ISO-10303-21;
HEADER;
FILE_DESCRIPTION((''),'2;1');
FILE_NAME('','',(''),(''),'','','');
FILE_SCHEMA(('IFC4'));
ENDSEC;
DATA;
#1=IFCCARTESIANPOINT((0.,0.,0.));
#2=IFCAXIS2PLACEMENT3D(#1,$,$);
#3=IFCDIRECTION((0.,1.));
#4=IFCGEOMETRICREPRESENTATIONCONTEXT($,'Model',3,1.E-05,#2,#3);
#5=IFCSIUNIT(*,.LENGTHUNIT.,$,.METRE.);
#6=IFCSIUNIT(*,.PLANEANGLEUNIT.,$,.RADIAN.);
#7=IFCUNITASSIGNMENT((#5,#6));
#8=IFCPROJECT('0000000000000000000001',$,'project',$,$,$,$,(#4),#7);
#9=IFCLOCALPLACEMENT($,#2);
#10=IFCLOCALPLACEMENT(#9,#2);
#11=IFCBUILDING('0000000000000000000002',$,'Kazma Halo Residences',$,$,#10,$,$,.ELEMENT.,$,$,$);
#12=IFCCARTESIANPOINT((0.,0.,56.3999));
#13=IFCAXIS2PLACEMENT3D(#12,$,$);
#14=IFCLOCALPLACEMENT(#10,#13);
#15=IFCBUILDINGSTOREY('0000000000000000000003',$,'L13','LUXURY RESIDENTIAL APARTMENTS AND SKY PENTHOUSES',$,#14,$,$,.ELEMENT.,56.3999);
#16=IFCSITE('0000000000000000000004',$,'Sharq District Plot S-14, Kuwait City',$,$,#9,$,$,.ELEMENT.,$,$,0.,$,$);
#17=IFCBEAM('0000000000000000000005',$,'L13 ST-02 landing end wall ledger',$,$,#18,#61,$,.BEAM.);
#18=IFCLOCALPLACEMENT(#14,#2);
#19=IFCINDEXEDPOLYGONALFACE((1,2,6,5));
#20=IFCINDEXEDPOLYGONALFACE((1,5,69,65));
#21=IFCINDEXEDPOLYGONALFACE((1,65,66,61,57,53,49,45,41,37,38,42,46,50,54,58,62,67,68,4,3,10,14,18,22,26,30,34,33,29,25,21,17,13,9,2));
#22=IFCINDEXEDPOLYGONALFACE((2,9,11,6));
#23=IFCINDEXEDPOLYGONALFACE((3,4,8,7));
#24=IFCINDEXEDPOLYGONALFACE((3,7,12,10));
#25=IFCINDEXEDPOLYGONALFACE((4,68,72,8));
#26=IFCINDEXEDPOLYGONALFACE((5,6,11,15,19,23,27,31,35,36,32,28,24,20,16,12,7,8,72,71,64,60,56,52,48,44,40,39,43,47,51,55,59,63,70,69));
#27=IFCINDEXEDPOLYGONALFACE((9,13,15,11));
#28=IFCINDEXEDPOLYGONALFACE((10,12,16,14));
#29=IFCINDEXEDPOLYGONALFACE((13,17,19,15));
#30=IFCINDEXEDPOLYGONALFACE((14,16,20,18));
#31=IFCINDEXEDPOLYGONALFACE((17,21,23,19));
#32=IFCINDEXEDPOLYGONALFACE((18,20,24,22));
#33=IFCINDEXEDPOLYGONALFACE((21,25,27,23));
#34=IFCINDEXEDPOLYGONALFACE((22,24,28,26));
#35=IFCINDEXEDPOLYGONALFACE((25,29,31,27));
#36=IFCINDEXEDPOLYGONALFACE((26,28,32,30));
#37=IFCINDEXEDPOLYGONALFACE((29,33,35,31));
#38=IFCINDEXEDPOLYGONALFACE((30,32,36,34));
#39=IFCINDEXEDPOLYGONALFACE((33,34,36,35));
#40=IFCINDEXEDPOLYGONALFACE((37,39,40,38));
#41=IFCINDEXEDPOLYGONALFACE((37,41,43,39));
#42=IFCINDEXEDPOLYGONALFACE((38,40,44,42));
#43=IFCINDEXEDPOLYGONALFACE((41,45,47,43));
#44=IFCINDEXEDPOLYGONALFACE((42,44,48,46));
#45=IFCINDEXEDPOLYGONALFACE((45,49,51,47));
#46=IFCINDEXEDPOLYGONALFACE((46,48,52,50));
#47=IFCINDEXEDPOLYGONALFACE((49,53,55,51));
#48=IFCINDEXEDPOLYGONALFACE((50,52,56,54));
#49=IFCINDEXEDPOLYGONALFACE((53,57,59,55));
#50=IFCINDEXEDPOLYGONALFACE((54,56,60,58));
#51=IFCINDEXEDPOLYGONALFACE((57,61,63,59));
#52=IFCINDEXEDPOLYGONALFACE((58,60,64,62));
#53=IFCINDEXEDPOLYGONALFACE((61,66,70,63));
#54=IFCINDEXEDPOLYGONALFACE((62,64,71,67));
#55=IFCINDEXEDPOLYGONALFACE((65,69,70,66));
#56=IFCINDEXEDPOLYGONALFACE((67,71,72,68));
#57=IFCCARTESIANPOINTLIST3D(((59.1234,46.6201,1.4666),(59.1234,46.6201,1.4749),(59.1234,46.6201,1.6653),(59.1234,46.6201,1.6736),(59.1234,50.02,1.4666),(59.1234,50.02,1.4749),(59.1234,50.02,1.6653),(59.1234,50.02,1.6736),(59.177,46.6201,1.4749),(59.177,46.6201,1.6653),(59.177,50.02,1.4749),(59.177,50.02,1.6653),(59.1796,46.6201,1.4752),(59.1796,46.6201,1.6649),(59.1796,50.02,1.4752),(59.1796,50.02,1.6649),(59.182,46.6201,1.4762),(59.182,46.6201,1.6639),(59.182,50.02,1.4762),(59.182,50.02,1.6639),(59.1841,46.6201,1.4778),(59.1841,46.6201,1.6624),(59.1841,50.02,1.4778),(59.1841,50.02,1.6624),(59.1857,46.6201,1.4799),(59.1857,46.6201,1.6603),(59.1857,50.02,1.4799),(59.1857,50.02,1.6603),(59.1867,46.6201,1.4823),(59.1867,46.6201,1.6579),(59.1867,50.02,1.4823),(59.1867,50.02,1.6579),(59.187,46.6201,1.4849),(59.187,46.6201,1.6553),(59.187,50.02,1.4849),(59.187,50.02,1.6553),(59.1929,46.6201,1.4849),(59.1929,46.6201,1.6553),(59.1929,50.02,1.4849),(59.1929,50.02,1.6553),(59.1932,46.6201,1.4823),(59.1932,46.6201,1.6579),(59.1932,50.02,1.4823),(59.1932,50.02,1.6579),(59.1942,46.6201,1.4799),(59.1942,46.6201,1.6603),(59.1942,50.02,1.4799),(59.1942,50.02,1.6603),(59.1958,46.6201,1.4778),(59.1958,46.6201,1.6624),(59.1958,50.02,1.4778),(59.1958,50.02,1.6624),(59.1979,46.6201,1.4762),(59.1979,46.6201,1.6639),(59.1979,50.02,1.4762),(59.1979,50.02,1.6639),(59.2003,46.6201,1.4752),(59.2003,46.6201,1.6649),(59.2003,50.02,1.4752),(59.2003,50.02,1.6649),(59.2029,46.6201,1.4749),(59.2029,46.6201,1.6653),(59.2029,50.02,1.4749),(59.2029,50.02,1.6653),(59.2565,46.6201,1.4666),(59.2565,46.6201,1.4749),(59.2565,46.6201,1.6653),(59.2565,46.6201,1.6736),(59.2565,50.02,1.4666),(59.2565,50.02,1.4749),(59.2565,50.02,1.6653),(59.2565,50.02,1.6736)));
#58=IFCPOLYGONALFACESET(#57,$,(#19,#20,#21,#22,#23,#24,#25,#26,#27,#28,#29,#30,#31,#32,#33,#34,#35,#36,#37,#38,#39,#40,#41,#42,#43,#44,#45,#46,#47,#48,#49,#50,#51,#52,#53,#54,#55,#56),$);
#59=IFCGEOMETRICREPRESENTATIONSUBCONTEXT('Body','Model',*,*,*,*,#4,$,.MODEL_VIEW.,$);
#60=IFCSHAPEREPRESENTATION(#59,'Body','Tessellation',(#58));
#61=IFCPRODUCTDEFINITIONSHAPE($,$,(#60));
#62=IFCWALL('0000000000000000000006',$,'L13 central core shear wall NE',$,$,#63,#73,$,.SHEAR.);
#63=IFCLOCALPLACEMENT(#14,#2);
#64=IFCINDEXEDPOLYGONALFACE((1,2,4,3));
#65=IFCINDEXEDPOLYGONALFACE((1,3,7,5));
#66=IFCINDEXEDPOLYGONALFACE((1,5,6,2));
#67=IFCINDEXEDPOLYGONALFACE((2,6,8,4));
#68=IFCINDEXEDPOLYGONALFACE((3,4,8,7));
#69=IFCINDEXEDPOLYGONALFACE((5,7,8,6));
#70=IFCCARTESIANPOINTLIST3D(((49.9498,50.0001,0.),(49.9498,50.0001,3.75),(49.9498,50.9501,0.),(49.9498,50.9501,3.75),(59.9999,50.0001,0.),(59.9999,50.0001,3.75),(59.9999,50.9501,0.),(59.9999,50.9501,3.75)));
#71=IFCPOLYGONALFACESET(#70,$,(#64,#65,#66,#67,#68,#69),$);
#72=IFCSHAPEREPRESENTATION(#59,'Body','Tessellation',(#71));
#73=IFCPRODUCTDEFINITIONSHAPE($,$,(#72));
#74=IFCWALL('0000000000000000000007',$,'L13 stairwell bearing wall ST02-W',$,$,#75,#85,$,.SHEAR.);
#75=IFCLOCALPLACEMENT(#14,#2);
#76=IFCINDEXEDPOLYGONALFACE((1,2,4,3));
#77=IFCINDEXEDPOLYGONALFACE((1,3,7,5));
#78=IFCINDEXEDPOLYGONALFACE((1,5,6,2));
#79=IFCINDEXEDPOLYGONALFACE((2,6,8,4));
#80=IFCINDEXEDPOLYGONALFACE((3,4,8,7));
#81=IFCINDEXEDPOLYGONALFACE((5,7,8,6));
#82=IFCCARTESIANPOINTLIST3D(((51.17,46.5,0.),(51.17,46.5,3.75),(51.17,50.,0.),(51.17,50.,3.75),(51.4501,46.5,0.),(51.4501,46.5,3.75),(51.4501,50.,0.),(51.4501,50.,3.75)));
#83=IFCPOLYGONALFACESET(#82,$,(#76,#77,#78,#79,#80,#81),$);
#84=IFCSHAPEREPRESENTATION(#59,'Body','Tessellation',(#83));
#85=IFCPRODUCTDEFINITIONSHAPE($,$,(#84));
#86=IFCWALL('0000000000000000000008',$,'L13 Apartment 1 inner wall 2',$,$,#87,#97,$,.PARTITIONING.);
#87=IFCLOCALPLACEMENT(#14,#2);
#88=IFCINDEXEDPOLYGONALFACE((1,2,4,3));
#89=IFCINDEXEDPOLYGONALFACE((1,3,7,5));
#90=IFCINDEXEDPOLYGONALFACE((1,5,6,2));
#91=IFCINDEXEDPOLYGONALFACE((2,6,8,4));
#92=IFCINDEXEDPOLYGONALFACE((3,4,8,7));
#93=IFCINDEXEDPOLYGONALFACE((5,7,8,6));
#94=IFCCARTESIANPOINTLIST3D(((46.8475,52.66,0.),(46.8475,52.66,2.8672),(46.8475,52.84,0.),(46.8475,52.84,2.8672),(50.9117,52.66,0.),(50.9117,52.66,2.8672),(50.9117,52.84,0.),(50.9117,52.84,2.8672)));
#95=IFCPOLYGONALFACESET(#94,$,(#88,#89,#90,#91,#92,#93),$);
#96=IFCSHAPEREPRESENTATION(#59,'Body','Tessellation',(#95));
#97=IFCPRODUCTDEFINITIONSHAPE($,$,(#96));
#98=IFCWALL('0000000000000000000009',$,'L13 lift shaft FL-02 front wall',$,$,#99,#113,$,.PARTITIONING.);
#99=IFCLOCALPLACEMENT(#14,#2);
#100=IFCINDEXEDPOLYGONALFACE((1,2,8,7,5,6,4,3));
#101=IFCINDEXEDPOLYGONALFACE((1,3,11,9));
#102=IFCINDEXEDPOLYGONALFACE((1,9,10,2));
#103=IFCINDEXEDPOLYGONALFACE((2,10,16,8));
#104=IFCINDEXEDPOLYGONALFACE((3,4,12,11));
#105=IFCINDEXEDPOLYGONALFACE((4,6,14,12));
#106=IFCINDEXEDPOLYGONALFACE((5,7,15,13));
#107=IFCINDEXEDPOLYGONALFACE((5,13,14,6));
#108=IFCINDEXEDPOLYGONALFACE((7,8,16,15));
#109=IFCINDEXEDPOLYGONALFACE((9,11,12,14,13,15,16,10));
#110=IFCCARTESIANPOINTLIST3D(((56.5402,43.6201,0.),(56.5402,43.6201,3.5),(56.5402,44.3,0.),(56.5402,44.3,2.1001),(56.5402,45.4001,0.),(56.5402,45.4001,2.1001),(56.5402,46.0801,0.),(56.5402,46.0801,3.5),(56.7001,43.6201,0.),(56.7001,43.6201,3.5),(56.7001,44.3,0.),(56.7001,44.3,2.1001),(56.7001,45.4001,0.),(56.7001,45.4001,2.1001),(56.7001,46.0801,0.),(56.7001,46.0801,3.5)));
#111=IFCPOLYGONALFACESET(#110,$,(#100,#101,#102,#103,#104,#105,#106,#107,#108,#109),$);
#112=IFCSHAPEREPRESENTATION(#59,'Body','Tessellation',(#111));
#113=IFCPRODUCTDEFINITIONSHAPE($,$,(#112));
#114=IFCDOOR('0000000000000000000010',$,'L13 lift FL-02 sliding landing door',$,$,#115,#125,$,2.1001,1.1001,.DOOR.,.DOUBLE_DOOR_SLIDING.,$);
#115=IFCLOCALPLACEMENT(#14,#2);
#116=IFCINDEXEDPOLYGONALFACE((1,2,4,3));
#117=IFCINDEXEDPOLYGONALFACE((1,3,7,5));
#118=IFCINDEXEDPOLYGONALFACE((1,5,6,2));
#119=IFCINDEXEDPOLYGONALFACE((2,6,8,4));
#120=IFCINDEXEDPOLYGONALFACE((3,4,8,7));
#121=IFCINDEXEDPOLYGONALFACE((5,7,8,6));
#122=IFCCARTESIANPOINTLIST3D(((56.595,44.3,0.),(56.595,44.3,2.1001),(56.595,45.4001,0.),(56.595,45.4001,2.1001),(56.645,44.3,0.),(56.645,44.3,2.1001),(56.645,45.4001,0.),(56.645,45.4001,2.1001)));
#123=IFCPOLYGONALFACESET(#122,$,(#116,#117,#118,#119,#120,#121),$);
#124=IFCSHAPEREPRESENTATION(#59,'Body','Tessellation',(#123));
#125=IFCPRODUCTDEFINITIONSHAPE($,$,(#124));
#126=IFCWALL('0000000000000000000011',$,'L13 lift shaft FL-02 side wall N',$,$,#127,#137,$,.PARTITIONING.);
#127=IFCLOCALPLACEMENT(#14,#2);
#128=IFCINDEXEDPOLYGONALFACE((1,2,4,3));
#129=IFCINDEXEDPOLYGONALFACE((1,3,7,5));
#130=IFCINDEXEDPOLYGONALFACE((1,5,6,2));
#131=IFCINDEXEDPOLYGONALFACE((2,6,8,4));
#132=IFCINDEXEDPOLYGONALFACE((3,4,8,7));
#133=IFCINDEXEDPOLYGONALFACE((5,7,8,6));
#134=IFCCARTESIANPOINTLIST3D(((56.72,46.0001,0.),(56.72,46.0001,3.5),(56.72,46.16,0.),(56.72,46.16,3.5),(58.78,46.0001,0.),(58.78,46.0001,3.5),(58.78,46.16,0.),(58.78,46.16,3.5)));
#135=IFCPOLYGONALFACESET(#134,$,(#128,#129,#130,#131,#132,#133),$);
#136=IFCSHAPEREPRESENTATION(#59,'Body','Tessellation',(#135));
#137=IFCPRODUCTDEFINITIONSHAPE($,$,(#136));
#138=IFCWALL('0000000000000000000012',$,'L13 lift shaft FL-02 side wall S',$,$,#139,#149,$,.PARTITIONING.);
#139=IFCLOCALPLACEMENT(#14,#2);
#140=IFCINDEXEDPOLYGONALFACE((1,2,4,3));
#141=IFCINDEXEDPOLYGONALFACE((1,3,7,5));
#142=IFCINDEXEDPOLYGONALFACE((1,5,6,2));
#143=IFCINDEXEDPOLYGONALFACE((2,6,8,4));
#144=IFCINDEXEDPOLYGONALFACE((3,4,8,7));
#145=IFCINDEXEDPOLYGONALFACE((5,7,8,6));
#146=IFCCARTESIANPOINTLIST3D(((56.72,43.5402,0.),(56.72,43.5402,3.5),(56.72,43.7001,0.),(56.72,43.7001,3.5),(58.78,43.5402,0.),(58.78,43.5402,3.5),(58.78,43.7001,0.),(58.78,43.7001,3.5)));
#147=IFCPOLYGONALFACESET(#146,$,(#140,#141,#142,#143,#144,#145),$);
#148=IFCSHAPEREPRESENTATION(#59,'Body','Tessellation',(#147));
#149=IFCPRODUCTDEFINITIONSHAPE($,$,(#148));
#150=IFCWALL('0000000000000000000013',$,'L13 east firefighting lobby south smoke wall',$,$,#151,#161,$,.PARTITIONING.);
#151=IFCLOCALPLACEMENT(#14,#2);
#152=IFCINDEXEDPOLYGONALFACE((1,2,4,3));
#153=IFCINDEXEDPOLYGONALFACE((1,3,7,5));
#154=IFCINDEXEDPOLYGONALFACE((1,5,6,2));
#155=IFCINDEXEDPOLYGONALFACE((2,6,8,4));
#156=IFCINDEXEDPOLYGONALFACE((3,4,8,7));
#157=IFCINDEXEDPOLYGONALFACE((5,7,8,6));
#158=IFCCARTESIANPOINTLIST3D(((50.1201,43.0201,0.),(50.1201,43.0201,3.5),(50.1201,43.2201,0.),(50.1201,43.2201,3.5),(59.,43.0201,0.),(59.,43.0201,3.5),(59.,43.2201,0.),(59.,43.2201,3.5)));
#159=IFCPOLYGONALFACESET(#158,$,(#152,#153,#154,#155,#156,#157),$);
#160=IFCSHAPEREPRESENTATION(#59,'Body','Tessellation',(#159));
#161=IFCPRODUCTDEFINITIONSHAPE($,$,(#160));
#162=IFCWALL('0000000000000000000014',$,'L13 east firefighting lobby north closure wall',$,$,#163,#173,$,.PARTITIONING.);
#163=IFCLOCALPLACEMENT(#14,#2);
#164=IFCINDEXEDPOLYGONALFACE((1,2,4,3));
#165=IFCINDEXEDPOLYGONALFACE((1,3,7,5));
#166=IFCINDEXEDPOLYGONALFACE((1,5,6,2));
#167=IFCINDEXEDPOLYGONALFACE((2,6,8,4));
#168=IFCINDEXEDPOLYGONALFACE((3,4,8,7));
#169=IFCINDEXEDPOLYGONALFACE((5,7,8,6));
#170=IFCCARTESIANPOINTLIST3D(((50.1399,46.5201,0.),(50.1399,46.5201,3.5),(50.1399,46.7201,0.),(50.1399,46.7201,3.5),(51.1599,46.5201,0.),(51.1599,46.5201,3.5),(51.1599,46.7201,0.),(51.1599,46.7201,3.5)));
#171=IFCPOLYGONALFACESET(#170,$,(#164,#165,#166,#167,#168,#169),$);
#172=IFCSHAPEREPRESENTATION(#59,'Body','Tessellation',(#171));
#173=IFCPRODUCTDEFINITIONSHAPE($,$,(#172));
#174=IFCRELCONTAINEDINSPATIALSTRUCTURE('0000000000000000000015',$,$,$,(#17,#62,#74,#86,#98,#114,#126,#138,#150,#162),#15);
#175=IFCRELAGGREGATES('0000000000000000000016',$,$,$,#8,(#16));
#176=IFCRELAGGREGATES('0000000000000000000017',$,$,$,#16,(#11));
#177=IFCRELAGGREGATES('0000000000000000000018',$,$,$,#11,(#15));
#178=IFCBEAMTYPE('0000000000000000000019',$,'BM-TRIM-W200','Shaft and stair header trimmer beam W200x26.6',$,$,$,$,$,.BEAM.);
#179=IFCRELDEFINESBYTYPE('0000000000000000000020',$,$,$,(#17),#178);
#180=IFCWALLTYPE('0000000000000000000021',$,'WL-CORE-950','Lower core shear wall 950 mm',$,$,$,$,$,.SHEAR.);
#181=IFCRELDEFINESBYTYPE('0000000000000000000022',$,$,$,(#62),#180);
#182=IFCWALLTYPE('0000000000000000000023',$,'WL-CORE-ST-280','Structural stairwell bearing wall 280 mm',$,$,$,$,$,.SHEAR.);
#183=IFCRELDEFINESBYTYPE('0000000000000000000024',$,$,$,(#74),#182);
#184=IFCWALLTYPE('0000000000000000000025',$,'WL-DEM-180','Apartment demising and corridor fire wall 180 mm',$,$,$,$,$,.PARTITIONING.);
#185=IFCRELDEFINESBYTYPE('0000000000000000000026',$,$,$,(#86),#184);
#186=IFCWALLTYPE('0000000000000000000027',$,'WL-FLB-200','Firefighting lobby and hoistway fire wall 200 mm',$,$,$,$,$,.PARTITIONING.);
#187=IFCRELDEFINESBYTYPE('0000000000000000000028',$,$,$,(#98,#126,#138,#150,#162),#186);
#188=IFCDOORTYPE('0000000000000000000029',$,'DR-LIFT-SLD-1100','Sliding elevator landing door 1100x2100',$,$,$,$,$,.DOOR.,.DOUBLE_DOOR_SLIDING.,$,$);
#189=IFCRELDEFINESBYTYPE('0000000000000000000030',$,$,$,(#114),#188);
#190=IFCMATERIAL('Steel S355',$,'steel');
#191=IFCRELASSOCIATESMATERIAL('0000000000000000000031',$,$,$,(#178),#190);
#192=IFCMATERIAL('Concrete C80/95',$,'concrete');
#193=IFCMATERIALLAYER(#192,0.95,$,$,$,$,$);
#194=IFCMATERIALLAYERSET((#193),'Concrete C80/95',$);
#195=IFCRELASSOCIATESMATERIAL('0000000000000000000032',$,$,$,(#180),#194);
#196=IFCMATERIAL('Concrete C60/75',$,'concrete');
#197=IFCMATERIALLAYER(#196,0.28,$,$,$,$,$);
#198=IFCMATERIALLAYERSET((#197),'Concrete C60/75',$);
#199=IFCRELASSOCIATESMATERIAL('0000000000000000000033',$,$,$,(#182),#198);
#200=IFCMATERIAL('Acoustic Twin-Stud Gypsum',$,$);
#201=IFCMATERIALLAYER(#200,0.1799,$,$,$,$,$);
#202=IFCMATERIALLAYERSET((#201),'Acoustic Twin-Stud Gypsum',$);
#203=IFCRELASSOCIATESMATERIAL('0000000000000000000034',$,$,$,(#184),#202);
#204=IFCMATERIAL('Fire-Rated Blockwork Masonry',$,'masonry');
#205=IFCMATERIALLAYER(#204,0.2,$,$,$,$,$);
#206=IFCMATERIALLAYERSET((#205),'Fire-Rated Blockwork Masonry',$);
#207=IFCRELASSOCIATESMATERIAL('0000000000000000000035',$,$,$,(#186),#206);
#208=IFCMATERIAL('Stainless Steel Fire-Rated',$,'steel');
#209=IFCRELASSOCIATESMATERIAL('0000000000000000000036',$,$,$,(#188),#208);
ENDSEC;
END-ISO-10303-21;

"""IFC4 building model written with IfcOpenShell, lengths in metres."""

from ifc_helpers import new_model, si_unit, direction, frame, frame_2d, origin, origin_2d, place, context, subcontext, project, spatial, rectangle, i_section, extrude, material, layer, layer_set, material_profile, profile_set, type_object, element, fill, save


model = new_model("IFC4")

# Units and contexts
model_context = context("Model", 3, precision=1e-05, world=origin(), true_north=direction((0.0, 1.0)))
body_context = subcontext(model_context, "Body", "Model", "MODEL_VIEW")
ifc_project = project(units=[si_unit("LENGTHUNIT", "METRE"), si_unit("PLANEANGLEUNIT", "RADIAN")], contexts=[model_context])

# Site, building, storey
site_placement = place(None, origin())
site = spatial("IfcSite", under=ifc_project, at=site_placement, Name="Sharq District Plot S-14, Kuwait City", CompositionType="ELEMENT", RefElevation=0.0)
building_placement = place(site_placement, origin())
building = spatial("IfcBuilding", under=site, at=building_placement, Name="Kazma Halo Residences", CompositionType="ELEMENT")
storey_placement = place(building_placement, frame((0.0, 0.0, 56.3999)))
storey = spatial("IfcBuildingStorey", under=building, at=storey_placement, Name="L13", Description="LUXURY RESIDENTIAL APARTMENTS AND SKY PENTHOUSES", CompositionType="ELEMENT", Elevation=56.3999)

# Shared definitions
ifc_material_1 = material(Name="Steel S355", Category="steel")

# Beam
ifc_material_profile_1 = material_profile(ifc_material_1, i_section(OverallWidth=0.1331, OverallDepth=0.207, WebThickness=0.0059, FlangeThickness=0.0083, FilletRadius=0.01, at=origin_2d()), Name="W200x26.6")
ifc_profile_set_1 = profile_set([ifc_material_profile_1], Name="Steel S355")
beam_type_1 = type_object("IfcBeamType", Name="BM-TRIM-W200", Description="Shaft and stair header trimmer beam W200x26.6", PredefinedType="BEAM", material=ifc_profile_set_1)
beam_1_placement = place(storey_placement, frame((59.1899, 46.6201, 1.5701), z_axis=(0.0, 1.0, 0.0), x_axis=(-1.0, 0.0, 0.0)))
element("IfcBeam", 1, at=beam_1_placement, inside=storey, type_object=beam_type_1, Name="L13 ST-02 landing end wall ledger", PredefinedType="BEAM", context=body_context, shape_type="SweptSolid", body=[
    extrude(i_section(OverallWidth=0.1331, OverallDepth=0.207, WebThickness=0.0059, FlangeThickness=0.0083, FilletRadius=0.01, at=origin_2d()), origin(), (0.0, 0.0, 1.0), 3.3999),
])

# Walls
ifc_material_2 = material(Name="Concrete C80/95", Category="concrete")
ifc_layer_1 = layer(ifc_material_2, 0.95)
ifc_layer_set_1 = layer_set([ifc_layer_1], Name="Concrete C80/95")
wall_type_1 = type_object("IfcWallType", Name="WL-CORE-950", Description="Lower core shear wall 950 mm", PredefinedType="SHEAR", material=ifc_layer_set_1)
wall_1_placement = place(storey_placement, frame((49.95, 50.4751, 0.0), z_axis=(0.0, 0.0, 1.0), x_axis=(1.0, 0.0, 0.0)))
element("IfcWall", 2, at=wall_1_placement, inside=storey, type_object=wall_type_1, Name="L13 central core shear wall NE", PredefinedType="SHEAR", context=body_context, shape_type="SweptSolid", body=[
    extrude(rectangle(XDim=10.05, YDim=0.95, at=frame_2d((5.0249, 0.0))), origin(), (0.0, 0.0, 1.0), 3.75),
])
ifc_material_3 = material(Name="Concrete C60/75", Category="concrete")
ifc_layer_2 = layer(ifc_material_3, 0.28)
ifc_layer_set_2 = layer_set([ifc_layer_2], Name="Concrete C60/75")
wall_type_2 = type_object("IfcWallType", Name="WL-CORE-ST-280", Description="Structural stairwell bearing wall 280 mm", PredefinedType="SHEAR", material=ifc_layer_set_2)
wall_2_placement = place(storey_placement, frame((51.3101, 46.5, 0.0), z_axis=(0.0, 0.0, 1.0), x_axis=(0.0, 1.0, 0.0)))
element("IfcWall", 3, at=wall_2_placement, inside=storey, type_object=wall_type_2, Name="L13 stairwell bearing wall ST02-W", PredefinedType="SHEAR", context=body_context, shape_type="SweptSolid", body=[
    extrude(rectangle(XDim=3.5, YDim=0.28, at=frame_2d((1.75, 0.0))), origin(), (0.0, 0.0, 1.0), 3.75),
])
ifc_material_4 = material(Name="Acoustic Twin-Stud Gypsum")
ifc_layer_3 = layer(ifc_material_4, 0.1799)
ifc_layer_set_3 = layer_set([ifc_layer_3], Name="Acoustic Twin-Stud Gypsum")
wall_type_3 = type_object("IfcWallType", Name="WL-DEM-180", Description="Apartment demising and corridor fire wall 180 mm", PredefinedType="PARTITIONING", material=ifc_layer_set_3)
wall_3_placement = place(storey_placement, frame((50.9119, 52.75, 0.0), z_axis=(0.0, 0.0, 1.0), x_axis=(-1.0, 0.0, 0.0)))
element("IfcWall", 4, at=wall_3_placement, inside=storey, type_object=wall_type_3, Name="L13 Apartment 1 inner wall 2", PredefinedType="PARTITIONING", context=body_context, shape_type="SweptSolid", body=[
    extrude(rectangle(XDim=4.0642, YDim=0.1799, at=frame_2d((2.0322, 0.0))), origin(), (0.0, 0.0, 1.0), 2.8672),
])

# Wall, opening, door
ifc_material_5 = material(Name="Fire-Rated Blockwork Masonry", Category="masonry")
ifc_layer_4 = layer(ifc_material_5, 0.2)
ifc_layer_set_4 = layer_set([ifc_layer_4], Name="Fire-Rated Blockwork Masonry")
wall_type_4 = type_object("IfcWallType", Name="WL-FLB-200", Description="Firefighting lobby and hoistway fire wall 200 mm", PredefinedType="PARTITIONING", material=ifc_layer_set_4)
wall_4_placement = place(storey_placement, frame((56.6201, 46.0801, 0.0), z_axis=(0.0, 0.0, 1.0), x_axis=(0.0, -1.0, 0.0)))
wall_4 = element("IfcWall", 5, at=wall_4_placement, inside=storey, type_object=wall_type_4, Name="L13 lift shaft FL-02 front wall", PredefinedType="PARTITIONING", context=body_context, shape_type="SweptSolid", body=[
    extrude(rectangle(XDim=2.46, YDim=0.1599, at=frame_2d((1.23, 0.0))), origin(), (0.0, 0.0, 1.0), 3.5),
])
opening_1_placement = place(wall_4_placement, frame((0.6799, 0.0, 0.0)))
opening_1 = element("IfcOpeningElement", 6, at=opening_1_placement, cuts=wall_4, PredefinedType="OPENING", context=body_context, shape_type="SweptSolid", body=[
    extrude(rectangle(XDim=1.1001, YDim=2.1001, at=frame_2d((0.55, 1.05))), frame((0.0, 0.0898, 0.0), z_axis=(0.0, -1.0, 0.0), x_axis=(1.0, 0.0, 0.0)), (0.0, 0.0, 1.0), 0.1799),
])
ifc_material_6 = material(Name="Stainless Steel Fire-Rated", Category="steel")
door_type_1 = type_object("IfcDoorType", Name="DR-LIFT-SLD-1100", Description="Sliding elevator landing door 1100x2100", OperationType="DOUBLE_DOOR_SLIDING", PredefinedType="DOOR", material=ifc_material_6)
door_1_placement = place(opening_1_placement, origin())
door_1 = element("IfcDoor", 7, at=door_1_placement, inside=storey, type_object=door_type_1, Name="L13 lift FL-02 sliding landing door", OperationType="DOUBLE_DOOR_SLIDING", OverallHeight=2.1001, OverallWidth=1.1001, PredefinedType="DOOR", context=body_context, shape_type="SweptSolid", body=[
    extrude(rectangle(XDim=1.1001, YDim=2.1001, at=frame_2d((0.55, 1.05))), frame((0.0, 0.0249, 0.0), z_axis=(0.0, -1.0, 0.0), x_axis=(1.0, 0.0, 0.0)), (0.0, 0.0, 1.0), 0.05),
])
fill(opening_1, door_1)

# Walls
for number, where, z_axis, x_axis, name in (
    (8, (56.72, 46.0801, 0.0), (0.0, 0.0, 1.0), (1.0, 0.0, 0.0), "L13 lift shaft FL-02 side wall N"),
    (9, (56.72, 43.6201, 0.0), (0.0, 0.0, 1.0), (1.0, 0.0, 0.0), "L13 lift shaft FL-02 side wall S"),
):
    element("IfcWall", number, at=place(storey_placement, frame(where, z_axis=z_axis, x_axis=x_axis)), inside=storey, type_object=wall_type_4, Name=name, PredefinedType="PARTITIONING", context=body_context, shape_type="SweptSolid", body=[
        extrude(rectangle(XDim=2.0601, YDim=0.1599, at=frame_2d((1.03, 0.0))), origin(), (0.0, 0.0, 1.0), 3.5),
    ])
wall_5_placement = place(storey_placement, frame((50.1201, 43.1201, 0.0), z_axis=(0.0, 0.0, 1.0), x_axis=(1.0, 0.0, 0.0)))
element("IfcWall", 10, at=wall_5_placement, inside=storey, type_object=wall_type_4, Name="L13 east firefighting lobby south smoke wall", PredefinedType="PARTITIONING", context=body_context, shape_type="SweptSolid", body=[
    extrude(rectangle(XDim=8.8799, YDim=0.2, at=frame_2d((4.4399, 0.0))), origin(), (0.0, 0.0, 1.0), 3.5),
])
wall_6_placement = place(storey_placement, frame((50.1399, 46.6201, 0.0), z_axis=(0.0, 0.0, 1.0), x_axis=(1.0, 0.0, 0.0)))
element("IfcWall", 11, at=wall_6_placement, inside=storey, type_object=wall_type_4, Name="L13 east firefighting lobby north closure wall", PredefinedType="PARTITIONING", context=body_context, shape_type="SweptSolid", body=[
    extrude(rectangle(XDim=1.02, YDim=0.2, at=frame_2d((0.51, 0.0))), origin(), (0.0, 0.0, 1.0), 3.5),
])

save(model, "model.ifc")
